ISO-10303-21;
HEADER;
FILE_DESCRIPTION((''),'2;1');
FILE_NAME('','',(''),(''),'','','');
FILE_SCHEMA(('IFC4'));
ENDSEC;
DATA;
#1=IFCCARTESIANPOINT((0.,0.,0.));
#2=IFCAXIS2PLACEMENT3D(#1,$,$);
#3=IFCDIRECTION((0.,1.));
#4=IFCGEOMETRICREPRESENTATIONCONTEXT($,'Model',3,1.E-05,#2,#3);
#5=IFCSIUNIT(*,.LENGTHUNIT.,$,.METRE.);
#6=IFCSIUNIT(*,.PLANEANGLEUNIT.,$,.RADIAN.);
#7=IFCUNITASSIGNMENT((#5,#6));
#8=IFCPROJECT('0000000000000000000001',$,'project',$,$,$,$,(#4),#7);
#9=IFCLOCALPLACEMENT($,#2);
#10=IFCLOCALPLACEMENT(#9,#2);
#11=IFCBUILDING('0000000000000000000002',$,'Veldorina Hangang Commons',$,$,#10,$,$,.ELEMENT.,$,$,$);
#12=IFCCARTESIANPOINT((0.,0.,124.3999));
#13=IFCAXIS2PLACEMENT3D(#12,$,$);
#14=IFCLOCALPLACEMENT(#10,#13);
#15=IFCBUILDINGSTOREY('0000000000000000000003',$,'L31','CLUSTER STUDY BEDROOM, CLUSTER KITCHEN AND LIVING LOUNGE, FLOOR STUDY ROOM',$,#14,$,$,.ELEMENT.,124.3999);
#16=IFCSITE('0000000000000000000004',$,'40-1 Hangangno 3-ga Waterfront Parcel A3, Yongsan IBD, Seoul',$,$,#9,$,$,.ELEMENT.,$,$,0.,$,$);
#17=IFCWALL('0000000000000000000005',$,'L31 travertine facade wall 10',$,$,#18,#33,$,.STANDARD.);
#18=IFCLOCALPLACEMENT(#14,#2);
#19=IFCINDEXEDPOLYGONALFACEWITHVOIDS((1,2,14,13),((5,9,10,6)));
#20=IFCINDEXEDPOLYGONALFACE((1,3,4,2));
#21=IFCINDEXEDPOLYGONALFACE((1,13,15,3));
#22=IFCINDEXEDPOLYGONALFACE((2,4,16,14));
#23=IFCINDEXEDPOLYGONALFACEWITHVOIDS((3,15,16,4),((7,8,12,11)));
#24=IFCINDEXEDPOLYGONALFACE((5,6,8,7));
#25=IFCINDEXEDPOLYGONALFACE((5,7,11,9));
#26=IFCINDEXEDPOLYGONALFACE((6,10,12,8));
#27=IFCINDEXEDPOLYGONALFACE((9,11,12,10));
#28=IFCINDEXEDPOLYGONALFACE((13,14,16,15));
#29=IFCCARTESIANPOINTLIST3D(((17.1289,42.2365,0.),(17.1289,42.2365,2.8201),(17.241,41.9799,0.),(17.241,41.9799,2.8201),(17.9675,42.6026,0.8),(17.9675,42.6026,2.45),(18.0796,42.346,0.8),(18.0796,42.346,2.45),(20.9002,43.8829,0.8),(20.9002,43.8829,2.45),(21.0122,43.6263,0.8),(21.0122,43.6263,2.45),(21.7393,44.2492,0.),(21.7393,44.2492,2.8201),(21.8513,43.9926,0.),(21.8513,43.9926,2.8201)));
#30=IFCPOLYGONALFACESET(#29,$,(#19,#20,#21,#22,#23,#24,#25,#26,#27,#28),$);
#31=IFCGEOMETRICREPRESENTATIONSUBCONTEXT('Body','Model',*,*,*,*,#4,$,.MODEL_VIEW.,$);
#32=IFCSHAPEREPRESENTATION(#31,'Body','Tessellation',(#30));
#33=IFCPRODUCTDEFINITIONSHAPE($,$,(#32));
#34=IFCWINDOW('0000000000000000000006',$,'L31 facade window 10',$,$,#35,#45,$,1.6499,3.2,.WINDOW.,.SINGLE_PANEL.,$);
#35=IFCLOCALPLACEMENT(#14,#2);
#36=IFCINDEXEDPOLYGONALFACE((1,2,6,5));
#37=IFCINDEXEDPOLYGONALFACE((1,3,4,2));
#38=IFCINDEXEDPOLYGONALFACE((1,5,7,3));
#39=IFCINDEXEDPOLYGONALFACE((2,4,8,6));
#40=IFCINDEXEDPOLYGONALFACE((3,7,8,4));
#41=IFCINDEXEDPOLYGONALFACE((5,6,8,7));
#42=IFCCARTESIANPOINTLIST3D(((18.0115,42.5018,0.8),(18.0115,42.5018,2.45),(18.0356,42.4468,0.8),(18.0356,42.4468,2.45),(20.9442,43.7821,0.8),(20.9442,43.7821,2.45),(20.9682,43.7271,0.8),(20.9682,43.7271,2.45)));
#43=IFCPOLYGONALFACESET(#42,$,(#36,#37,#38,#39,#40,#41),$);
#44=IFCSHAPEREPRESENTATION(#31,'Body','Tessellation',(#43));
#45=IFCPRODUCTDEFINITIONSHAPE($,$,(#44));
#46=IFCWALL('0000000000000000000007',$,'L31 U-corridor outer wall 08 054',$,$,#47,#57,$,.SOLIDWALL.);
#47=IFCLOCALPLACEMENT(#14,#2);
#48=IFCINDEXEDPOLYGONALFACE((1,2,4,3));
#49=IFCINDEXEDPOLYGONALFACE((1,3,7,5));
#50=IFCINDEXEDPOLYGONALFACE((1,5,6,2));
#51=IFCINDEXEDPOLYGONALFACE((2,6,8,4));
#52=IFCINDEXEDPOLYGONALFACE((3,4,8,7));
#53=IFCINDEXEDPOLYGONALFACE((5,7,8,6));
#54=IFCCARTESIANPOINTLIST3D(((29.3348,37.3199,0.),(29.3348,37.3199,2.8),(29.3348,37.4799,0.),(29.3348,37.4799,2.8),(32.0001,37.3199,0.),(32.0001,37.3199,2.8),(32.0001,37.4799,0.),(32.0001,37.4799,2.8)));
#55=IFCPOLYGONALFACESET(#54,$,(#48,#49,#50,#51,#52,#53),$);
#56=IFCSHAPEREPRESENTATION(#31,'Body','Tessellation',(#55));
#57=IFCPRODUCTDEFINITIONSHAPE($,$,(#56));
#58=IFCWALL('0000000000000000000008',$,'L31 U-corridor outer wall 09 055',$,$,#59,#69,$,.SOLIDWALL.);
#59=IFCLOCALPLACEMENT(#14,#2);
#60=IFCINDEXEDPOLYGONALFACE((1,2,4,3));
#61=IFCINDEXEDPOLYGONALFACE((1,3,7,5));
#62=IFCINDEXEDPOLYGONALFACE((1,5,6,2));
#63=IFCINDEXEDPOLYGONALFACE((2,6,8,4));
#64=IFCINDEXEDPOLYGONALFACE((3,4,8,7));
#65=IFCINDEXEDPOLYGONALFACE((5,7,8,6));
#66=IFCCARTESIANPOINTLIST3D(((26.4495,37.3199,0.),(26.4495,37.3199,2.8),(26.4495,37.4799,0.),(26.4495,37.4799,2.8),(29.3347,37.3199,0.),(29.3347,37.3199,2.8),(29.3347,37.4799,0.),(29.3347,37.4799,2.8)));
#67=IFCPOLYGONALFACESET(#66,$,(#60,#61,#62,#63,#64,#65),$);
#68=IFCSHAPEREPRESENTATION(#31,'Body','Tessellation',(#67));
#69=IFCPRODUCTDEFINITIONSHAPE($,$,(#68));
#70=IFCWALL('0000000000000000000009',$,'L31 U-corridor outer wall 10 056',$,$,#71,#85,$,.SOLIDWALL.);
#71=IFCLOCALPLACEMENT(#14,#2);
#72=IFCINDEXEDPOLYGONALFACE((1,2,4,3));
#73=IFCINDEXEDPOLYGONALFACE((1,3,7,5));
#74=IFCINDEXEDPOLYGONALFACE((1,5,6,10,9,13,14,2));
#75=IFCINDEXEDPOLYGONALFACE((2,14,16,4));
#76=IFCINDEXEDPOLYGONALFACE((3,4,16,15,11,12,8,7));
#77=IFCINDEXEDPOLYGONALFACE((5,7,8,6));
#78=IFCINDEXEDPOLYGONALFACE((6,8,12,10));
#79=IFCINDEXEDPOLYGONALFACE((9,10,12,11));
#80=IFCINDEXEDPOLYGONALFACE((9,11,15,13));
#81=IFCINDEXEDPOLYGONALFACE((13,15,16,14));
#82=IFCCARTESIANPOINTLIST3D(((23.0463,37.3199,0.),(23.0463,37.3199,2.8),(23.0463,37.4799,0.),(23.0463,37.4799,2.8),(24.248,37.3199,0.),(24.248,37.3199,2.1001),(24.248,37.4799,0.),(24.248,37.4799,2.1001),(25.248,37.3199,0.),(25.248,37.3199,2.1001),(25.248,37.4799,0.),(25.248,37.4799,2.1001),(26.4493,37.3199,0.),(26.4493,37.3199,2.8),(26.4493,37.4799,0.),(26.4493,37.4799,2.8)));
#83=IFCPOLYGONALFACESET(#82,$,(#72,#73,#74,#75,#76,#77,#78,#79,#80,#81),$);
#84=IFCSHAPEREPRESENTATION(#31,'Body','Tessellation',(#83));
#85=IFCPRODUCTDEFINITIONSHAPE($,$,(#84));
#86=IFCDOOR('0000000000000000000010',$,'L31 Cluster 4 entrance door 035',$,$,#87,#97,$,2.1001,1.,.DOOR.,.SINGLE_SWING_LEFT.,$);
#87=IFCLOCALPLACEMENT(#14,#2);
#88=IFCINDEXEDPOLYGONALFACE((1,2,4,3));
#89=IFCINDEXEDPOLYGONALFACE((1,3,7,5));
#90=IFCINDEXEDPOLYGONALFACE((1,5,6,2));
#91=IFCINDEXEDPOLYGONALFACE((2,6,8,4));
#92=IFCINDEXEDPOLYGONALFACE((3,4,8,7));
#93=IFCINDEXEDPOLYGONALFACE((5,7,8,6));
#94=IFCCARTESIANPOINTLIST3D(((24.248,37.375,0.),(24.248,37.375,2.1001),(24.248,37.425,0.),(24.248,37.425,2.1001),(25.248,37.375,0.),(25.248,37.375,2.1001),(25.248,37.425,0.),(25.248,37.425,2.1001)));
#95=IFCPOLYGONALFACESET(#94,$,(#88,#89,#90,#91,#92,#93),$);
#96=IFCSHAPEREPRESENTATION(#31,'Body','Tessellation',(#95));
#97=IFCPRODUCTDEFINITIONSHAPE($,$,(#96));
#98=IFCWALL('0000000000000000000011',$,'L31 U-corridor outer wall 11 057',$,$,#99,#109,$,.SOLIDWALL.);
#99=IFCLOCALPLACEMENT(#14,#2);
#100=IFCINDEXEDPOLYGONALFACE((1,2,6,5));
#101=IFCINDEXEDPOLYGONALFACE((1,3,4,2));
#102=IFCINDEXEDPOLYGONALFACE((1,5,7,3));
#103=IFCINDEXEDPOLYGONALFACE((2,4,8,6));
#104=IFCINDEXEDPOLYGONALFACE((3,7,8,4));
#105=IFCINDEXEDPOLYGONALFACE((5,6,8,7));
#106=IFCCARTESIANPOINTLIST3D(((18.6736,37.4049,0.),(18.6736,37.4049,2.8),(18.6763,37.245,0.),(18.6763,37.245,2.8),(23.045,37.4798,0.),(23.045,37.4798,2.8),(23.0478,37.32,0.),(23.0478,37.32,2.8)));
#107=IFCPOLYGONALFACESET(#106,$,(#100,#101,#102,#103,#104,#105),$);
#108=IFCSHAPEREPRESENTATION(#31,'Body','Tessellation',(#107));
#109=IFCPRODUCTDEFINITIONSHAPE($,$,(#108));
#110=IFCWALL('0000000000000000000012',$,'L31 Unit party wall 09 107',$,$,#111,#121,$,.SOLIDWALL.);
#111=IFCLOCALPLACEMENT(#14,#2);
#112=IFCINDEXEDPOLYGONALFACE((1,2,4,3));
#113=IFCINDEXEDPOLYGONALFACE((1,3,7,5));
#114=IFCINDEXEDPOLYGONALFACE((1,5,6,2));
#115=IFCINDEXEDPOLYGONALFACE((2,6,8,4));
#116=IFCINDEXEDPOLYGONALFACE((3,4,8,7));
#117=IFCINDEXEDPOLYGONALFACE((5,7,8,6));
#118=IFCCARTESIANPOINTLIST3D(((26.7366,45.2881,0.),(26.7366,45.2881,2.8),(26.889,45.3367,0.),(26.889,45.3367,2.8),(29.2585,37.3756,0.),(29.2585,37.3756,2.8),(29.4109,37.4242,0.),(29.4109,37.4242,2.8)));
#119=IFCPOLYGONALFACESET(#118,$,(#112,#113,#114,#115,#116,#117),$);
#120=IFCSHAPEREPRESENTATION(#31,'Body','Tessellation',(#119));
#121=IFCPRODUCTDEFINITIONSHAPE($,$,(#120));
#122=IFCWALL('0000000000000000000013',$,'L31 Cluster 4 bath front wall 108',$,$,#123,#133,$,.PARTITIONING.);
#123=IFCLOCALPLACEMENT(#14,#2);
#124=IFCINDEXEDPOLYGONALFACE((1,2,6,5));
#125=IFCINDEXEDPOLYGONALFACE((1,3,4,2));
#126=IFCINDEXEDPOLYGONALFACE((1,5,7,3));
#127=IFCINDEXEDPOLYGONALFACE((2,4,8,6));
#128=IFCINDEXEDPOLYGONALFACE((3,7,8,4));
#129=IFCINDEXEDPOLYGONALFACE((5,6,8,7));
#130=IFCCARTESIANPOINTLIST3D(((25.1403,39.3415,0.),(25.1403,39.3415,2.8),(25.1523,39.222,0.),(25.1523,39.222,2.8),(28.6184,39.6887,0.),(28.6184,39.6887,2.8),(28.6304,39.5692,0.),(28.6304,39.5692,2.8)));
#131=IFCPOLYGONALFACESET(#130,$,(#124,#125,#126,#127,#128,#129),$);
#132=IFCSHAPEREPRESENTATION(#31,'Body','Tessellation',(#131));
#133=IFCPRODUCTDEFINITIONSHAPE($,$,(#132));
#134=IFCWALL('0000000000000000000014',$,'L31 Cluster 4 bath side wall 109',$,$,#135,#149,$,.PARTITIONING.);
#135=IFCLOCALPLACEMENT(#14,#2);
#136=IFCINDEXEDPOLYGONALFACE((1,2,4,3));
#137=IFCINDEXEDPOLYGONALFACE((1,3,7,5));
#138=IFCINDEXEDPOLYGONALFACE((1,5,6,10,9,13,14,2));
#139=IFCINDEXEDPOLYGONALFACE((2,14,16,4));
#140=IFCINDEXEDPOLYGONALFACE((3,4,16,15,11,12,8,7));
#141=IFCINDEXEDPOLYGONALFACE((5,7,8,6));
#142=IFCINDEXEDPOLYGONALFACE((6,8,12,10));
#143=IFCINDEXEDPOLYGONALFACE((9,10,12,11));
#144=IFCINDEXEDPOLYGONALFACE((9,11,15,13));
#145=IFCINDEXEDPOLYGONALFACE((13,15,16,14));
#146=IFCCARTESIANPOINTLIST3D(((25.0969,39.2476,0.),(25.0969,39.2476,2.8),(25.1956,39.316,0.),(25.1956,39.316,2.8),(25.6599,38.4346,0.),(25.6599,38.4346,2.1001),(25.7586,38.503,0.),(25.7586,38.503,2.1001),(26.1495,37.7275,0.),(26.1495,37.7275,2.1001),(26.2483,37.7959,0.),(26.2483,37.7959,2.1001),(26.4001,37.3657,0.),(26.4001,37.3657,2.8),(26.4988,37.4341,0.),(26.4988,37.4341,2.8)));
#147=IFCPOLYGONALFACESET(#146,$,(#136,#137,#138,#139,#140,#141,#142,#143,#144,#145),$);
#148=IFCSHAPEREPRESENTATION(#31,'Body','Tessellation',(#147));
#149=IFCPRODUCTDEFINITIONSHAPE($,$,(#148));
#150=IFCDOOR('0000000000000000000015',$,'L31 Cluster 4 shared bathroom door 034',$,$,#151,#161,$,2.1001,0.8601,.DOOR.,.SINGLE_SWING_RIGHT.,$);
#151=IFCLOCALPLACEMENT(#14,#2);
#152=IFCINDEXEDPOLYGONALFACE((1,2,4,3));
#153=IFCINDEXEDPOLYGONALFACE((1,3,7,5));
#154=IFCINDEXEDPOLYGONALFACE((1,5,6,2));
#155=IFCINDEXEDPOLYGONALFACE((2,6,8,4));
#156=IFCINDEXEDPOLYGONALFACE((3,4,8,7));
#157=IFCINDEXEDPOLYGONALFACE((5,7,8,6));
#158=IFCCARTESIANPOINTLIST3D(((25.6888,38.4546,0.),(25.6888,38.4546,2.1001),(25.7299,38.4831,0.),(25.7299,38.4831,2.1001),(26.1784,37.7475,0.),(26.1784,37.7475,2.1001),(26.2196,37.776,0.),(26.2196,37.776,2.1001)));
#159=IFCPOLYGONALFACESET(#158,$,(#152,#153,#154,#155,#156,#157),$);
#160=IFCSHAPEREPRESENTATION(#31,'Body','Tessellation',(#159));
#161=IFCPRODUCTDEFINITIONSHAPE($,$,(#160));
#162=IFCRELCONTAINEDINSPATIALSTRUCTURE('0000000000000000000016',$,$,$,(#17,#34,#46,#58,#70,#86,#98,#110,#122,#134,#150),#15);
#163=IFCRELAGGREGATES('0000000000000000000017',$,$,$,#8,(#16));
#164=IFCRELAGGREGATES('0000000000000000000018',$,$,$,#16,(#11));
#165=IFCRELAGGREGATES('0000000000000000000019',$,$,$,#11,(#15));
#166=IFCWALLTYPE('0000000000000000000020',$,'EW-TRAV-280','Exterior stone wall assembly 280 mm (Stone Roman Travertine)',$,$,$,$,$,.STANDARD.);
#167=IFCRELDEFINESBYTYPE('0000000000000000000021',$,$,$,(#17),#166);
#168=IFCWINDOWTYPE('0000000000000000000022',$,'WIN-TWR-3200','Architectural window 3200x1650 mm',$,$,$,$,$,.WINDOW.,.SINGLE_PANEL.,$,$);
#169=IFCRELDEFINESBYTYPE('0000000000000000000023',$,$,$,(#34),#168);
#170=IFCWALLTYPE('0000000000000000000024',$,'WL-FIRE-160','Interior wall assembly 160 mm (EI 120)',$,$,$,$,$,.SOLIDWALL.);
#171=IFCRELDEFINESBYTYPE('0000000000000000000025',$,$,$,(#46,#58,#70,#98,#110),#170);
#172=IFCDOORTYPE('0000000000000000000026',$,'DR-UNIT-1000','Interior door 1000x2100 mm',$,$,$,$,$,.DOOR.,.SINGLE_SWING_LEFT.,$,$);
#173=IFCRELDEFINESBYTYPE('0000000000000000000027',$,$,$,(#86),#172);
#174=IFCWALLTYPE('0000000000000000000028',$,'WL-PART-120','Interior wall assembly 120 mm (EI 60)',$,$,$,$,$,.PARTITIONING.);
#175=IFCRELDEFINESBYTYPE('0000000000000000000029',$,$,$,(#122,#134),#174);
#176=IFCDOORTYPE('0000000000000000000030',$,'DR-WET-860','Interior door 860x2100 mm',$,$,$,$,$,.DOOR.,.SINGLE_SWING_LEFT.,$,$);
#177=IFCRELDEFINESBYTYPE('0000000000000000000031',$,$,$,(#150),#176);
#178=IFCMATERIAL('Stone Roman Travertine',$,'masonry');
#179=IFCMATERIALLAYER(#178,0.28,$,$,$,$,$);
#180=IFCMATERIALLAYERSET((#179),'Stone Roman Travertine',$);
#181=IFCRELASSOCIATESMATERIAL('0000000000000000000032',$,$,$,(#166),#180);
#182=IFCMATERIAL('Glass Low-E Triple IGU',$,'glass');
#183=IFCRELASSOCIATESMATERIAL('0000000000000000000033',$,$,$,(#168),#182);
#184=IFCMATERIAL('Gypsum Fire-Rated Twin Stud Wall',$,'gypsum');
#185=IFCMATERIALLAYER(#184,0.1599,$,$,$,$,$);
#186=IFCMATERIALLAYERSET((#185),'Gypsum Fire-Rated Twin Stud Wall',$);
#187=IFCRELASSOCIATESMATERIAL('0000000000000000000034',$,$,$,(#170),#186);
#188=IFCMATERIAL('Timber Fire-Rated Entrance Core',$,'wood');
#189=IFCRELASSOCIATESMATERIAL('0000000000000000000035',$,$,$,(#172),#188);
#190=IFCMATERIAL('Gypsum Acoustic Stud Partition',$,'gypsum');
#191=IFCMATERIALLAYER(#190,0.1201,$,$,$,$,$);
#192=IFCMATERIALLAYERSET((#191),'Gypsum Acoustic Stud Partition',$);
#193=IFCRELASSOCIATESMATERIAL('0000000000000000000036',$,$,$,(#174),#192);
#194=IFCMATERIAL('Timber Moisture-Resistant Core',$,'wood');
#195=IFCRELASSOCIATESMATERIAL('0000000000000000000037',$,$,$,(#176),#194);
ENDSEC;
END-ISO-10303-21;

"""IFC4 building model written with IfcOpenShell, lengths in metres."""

from ifc_helpers import new_model, si_unit, direction, frame, frame_2d, origin, place, context, subcontext, project, spatial, rectangle, extrude, material, layer, layer_set, type_object, element, fill, save


model = new_model("IFC4")

# Units and contexts
model_context = context("Model", 3, precision=1e-05, world=origin(), true_north=direction((0.0, 1.0)))
body_context = subcontext(model_context, "Body", "Model", "MODEL_VIEW")
ifc_project = project(units=[si_unit("LENGTHUNIT", "METRE"), si_unit("PLANEANGLEUNIT", "RADIAN")], contexts=[model_context])

# Site, building, storey
site_placement = place(None, origin())
site = spatial("IfcSite", under=ifc_project, at=site_placement, Name="40-1 Hangangno 3-ga Waterfront Parcel A3, Yongsan IBD, Seoul", CompositionType="ELEMENT", RefElevation=0.0)
building_placement = place(site_placement, origin())
building = spatial("IfcBuilding", under=site, at=building_placement, Name="Veldorina Hangang Commons", CompositionType="ELEMENT")
storey_placement = place(building_placement, frame((0.0, 0.0, 124.3999)))
storey = spatial("IfcBuildingStorey", under=building, at=storey_placement, Name="L31", Description="CLUSTER STUDY BEDROOM, CLUSTER KITCHEN AND LIVING LOUNGE, FLOOR STUDY ROOM", CompositionType="ELEMENT", Elevation=124.3999)

# Shared definitions
ifc_material_1 = material(Name="Stone Roman Travertine", Category="masonry")
ifc_layer_1 = layer(ifc_material_1, 0.28)
ifc_layer_set_1 = layer_set([ifc_layer_1], Name="Stone Roman Travertine")
wall_type_1 = type_object("IfcWallType", Name="EW-TRAV-280", Description="Exterior stone wall assembly 280 mm (Stone Roman Travertine)", PredefinedType="STANDARD", material=ifc_layer_set_1)
ifc_material_2 = material(Name="Glass Low-E Triple IGU", Category="glass")
window_type = type_object("IfcWindowType", Name="WIN-TWR-3200", Description="Architectural window 3200x1650 mm", PartitioningType="SINGLE_PANEL", PredefinedType="WINDOW", material=ifc_material_2)

# Wall, opening, window
wall_1_placement = place(storey_placement, frame((21.7952, 44.1208, 0.0), z_axis=(0.0, 0.0, 1.0), x_axis=(-0.916473, -0.400096, 0.0)))
wall_1 = element("IfcWall", 1, at=wall_1_placement, inside=storey, type_object=wall_type_1, Name="L31 travertine facade wall 10", PredefinedType="STANDARD", context=body_context, shape_type="SweptSolid", body=[
    extrude(rectangle(XDim=5.0305, YDim=0.28, at=frame_2d((2.5151, 0.0))), origin(), (0.0, 0.0, 1.0), 2.8201),
])
opening_1_placement = place(wall_1_placement, frame((0.9153, 0.0, 0.8)))
opening_1 = element("IfcOpeningElement", 2, at=opening_1_placement, cuts=wall_1, PredefinedType="OPENING", context=body_context, shape_type="SweptSolid", body=[
    extrude(rectangle(XDim=3.2, YDim=1.6499, at=frame_2d((1.6001, 0.825))), frame((0.0, 0.1499, 0.0), z_axis=(0.0, -1.0, 0.0), x_axis=(1.0, 0.0, 0.0)), (0.0, 0.0, 1.0), 0.3),
])
window_1_placement = place(opening_1_placement, origin())
window_1 = element("IfcWindow", 3, at=window_1_placement, inside=storey, type_object=window_type, Name="L31 facade window 10", OverallHeight=1.6499, OverallWidth=3.2, PartitioningType="SINGLE_PANEL", PredefinedType="WINDOW", context=body_context, shape_type="SweptSolid", body=[
    extrude(rectangle(XDim=3.2, YDim=1.6499, at=frame_2d((1.6001, 0.825))), frame((0.0, 0.03, 0.0), z_axis=(0.0, -1.0, 0.0), x_axis=(1.0, 0.0, 0.0)), (0.0, 0.0, 1.0), 0.0601),
])
fill(opening_1, window_1)

# Walls
ifc_material_3 = material(Name="Gypsum Fire-Rated Twin Stud Wall", Category="gypsum")
ifc_layer_2 = layer(ifc_material_3, 0.1599)
ifc_layer_set_2 = layer_set([ifc_layer_2], Name="Gypsum Fire-Rated Twin Stud Wall")
wall_type_2 = type_object("IfcWallType", Name="WL-FIRE-160", Description="Interior wall assembly 160 mm (EI 120)", PredefinedType="SOLIDWALL", material=ifc_layer_set_2)
wall_2_placement = place(storey_placement, frame((32.0, 37.3999, 0.0), z_axis=(0.0, 0.0, 1.0), x_axis=(-1.0, 0.0, 0.0)))
element("IfcWall", 4, at=wall_2_placement, inside=storey, type_object=wall_type_2, Name="L31 U-corridor outer wall 08 054", PredefinedType="SOLIDWALL", context=body_context, shape_type="SweptSolid", body=[
    extrude(rectangle(XDim=2.6653, YDim=0.1599, at=frame_2d((1.3325, 0.0))), origin(), (0.0, 0.0, 1.0), 2.8),
])
wall_3_placement = place(storey_placement, frame((29.3347, 37.3999, 0.0), z_axis=(0.0, 0.0, 1.0), x_axis=(-1.0, 0.0, 0.0)))
element("IfcWall", 5, at=wall_3_placement, inside=storey, type_object=wall_type_2, Name="L31 U-corridor outer wall 09 055", PredefinedType="SOLIDWALL", context=body_context, shape_type="SweptSolid", body=[
    extrude(rectangle(XDim=2.8853, YDim=0.1599, at=frame_2d((1.4426, 0.0))), origin(), (0.0, 0.0, 1.0), 2.8),
])

# Wall, opening, door
wall_4_placement = place(storey_placement, frame((26.4495, 37.3999, 0.0), z_axis=(0.0, 0.0, 1.0), x_axis=(-1.0, 0.0, 0.0)))
wall_4 = element("IfcWall", 6, at=wall_4_placement, inside=storey, type_object=wall_type_2, Name="L31 U-corridor outer wall 10 056", PredefinedType="SOLIDWALL", context=body_context, shape_type="SweptSolid", body=[
    extrude(rectangle(XDim=3.4031, YDim=0.1599, at=frame_2d((1.7017, 0.0))), origin(), (0.0, 0.0, 1.0), 2.8),
])
opening_2_placement = place(wall_4_placement, frame((1.2014, 0.0, 0.0)))
opening_2 = element("IfcOpeningElement", 7, at=opening_2_placement, cuts=wall_4, PredefinedType="OPENING", context=body_context, shape_type="SweptSolid", body=[
    extrude(rectangle(XDim=1.0, YDim=2.1001, at=frame_2d((0.5, 1.05))), frame((0.0, 0.0898, 0.0), z_axis=(0.0, -1.0, 0.0), x_axis=(1.0, 0.0, 0.0)), (0.0, 0.0, 1.0), 0.1799),
])
ifc_material_4 = material(Name="Timber Fire-Rated Entrance Core", Category="wood")
door_type_1 = type_object("IfcDoorType", Name="DR-UNIT-1000", Description="Interior door 1000x2100 mm", OperationType="SINGLE_SWING_LEFT", PredefinedType="DOOR", material=ifc_material_4)
door_1_placement = place(opening_2_placement, origin())
door_1 = element("IfcDoor", 8, at=door_1_placement, inside=storey, type_object=door_type_1, Name="L31 Cluster 4 entrance door 035", OperationType="SINGLE_SWING_LEFT", OverallHeight=2.1001, OverallWidth=1.0, PredefinedType="DOOR", context=body_context, shape_type="SweptSolid", body=[
    extrude(rectangle(XDim=1.0, YDim=2.1001, at=frame_2d((0.5, 1.05))), frame((0.0, 0.0249, 0.0), z_axis=(0.0, -1.0, 0.0), x_axis=(1.0, 0.0, 0.0)), (0.0, 0.0, 1.0), 0.05),
])
fill(opening_2, door_1)

# Walls
wall_5_placement = place(storey_placement, frame((23.0464, 37.3999, 0.0), z_axis=(0.0, 0.0, 1.0), x_axis=(-0.999853, -0.017144, 0.0)))
element("IfcWall", 9, at=wall_5_placement, inside=storey, type_object=wall_type_2, Name="L31 U-corridor outer wall 11 057", PredefinedType="SOLIDWALL", context=body_context, shape_type="SweptSolid", body=[
    extrude(rectangle(XDim=4.3721, YDim=0.1599, at=frame_2d((2.186, 0.0))), origin(), (0.0, 0.0, 1.0), 2.8),
])
wall_6_placement = place(storey_placement, frame((29.3347, 37.3999, 0.0), z_axis=(0.0, 0.0, 1.0), x_axis=(-0.303677, 0.952775, 0.0)))
element("IfcWall", 10, at=wall_6_placement, inside=storey, type_object=wall_type_2, Name="L31 Unit party wall 09 107", PredefinedType="SOLIDWALL", context=body_context, shape_type="SweptSolid", body=[
    extrude(rectangle(XDim=8.3047, YDim=0.1599, at=frame_2d((4.1523, 0.0))), origin(), (0.0, 0.0, 1.0), 2.8),
])
ifc_material_5 = material(Name="Gypsum Acoustic Stud Partition", Category="gypsum")
ifc_layer_3 = layer(ifc_material_5, 0.1201)
ifc_layer_set_3 = layer_set([ifc_layer_3], Name="Gypsum Acoustic Stud Partition")
wall_type_3 = type_object("IfcWallType", Name="WL-PART-120", Description="Interior wall assembly 120 mm (EI 60)", PredefinedType="PARTITIONING", material=ifc_layer_set_3)
wall_7_placement = place(storey_placement, frame((28.6243, 39.6289, 0.0), z_axis=(0.0, 0.0, 1.0), x_axis=(-0.995055, -0.099324, 0.0)))
element("IfcWall", 11, at=wall_7_placement, inside=storey, type_object=wall_type_3, Name="L31 Cluster 4 bath front wall 108", PredefinedType="PARTITIONING", context=body_context, shape_type="SweptSolid", body=[
    extrude(rectangle(XDim=3.4954, YDim=0.1201, at=frame_2d((1.7476, 0.0))), origin(), (0.0, 0.0, 1.0), 2.8),
])

# Wall, opening, door
wall_8_placement = place(storey_placement, frame((26.4495, 37.3999, 0.0), z_axis=(0.0, 0.0, 1.0), x_axis=(-0.569332, 0.822108, 0.0)))
wall_8 = element("IfcWall", 12, at=wall_8_placement, inside=storey, type_object=wall_type_3, Name="L31 Cluster 4 bath side wall 109", PredefinedType="PARTITIONING", context=body_context, shape_type="SweptSolid", body=[
    extrude(rectangle(XDim=2.2891, YDim=0.1201, at=frame_2d((1.1445, 0.0))), origin(), (0.0, 0.0, 1.0), 2.8),
])
opening_3_placement = place(wall_8_placement, frame((0.4399, 0.0, 0.0)))
opening_3 = element("IfcOpeningElement", 13, at=opening_3_placement, cuts=wall_8, PredefinedType="OPENING", context=body_context, shape_type="SweptSolid", body=[
    extrude(rectangle(XDim=0.8601, YDim=2.1001, at=frame_2d((0.4302, 1.05))), frame((0.0, 0.0701, 0.0), z_axis=(0.0, -1.0, 0.0), x_axis=(1.0, 0.0, 0.0)), (0.0, 0.0, 1.0), 0.1401),
])
ifc_material_6 = material(Name="Timber Moisture-Resistant Core", Category="wood")
door_type_2 = type_object("IfcDoorType", Name="DR-WET-860", Description="Interior door 860x2100 mm", OperationType="SINGLE_SWING_LEFT", PredefinedType="DOOR", material=ifc_material_6)
door_2_placement = place(opening_3_placement, origin())
door_2 = element("IfcDoor", 14, at=door_2_placement, inside=storey, type_object=door_type_2, Name="L31 Cluster 4 shared bathroom door 034", OperationType="SINGLE_SWING_RIGHT", OverallHeight=2.1001, OverallWidth=0.8601, PredefinedType="DOOR", context=body_context, shape_type="SweptSolid", body=[
    extrude(rectangle(XDim=0.8601, YDim=2.1001, at=frame_2d((0.4302, 1.05))), frame((0.0, 0.0249, 0.0), z_axis=(0.0, -1.0, 0.0), x_axis=(1.0, 0.0, 0.0)), (0.0, 0.0, 1.0), 0.05),
])
fill(opening_3, door_2)

save(model, "model.ifc")
